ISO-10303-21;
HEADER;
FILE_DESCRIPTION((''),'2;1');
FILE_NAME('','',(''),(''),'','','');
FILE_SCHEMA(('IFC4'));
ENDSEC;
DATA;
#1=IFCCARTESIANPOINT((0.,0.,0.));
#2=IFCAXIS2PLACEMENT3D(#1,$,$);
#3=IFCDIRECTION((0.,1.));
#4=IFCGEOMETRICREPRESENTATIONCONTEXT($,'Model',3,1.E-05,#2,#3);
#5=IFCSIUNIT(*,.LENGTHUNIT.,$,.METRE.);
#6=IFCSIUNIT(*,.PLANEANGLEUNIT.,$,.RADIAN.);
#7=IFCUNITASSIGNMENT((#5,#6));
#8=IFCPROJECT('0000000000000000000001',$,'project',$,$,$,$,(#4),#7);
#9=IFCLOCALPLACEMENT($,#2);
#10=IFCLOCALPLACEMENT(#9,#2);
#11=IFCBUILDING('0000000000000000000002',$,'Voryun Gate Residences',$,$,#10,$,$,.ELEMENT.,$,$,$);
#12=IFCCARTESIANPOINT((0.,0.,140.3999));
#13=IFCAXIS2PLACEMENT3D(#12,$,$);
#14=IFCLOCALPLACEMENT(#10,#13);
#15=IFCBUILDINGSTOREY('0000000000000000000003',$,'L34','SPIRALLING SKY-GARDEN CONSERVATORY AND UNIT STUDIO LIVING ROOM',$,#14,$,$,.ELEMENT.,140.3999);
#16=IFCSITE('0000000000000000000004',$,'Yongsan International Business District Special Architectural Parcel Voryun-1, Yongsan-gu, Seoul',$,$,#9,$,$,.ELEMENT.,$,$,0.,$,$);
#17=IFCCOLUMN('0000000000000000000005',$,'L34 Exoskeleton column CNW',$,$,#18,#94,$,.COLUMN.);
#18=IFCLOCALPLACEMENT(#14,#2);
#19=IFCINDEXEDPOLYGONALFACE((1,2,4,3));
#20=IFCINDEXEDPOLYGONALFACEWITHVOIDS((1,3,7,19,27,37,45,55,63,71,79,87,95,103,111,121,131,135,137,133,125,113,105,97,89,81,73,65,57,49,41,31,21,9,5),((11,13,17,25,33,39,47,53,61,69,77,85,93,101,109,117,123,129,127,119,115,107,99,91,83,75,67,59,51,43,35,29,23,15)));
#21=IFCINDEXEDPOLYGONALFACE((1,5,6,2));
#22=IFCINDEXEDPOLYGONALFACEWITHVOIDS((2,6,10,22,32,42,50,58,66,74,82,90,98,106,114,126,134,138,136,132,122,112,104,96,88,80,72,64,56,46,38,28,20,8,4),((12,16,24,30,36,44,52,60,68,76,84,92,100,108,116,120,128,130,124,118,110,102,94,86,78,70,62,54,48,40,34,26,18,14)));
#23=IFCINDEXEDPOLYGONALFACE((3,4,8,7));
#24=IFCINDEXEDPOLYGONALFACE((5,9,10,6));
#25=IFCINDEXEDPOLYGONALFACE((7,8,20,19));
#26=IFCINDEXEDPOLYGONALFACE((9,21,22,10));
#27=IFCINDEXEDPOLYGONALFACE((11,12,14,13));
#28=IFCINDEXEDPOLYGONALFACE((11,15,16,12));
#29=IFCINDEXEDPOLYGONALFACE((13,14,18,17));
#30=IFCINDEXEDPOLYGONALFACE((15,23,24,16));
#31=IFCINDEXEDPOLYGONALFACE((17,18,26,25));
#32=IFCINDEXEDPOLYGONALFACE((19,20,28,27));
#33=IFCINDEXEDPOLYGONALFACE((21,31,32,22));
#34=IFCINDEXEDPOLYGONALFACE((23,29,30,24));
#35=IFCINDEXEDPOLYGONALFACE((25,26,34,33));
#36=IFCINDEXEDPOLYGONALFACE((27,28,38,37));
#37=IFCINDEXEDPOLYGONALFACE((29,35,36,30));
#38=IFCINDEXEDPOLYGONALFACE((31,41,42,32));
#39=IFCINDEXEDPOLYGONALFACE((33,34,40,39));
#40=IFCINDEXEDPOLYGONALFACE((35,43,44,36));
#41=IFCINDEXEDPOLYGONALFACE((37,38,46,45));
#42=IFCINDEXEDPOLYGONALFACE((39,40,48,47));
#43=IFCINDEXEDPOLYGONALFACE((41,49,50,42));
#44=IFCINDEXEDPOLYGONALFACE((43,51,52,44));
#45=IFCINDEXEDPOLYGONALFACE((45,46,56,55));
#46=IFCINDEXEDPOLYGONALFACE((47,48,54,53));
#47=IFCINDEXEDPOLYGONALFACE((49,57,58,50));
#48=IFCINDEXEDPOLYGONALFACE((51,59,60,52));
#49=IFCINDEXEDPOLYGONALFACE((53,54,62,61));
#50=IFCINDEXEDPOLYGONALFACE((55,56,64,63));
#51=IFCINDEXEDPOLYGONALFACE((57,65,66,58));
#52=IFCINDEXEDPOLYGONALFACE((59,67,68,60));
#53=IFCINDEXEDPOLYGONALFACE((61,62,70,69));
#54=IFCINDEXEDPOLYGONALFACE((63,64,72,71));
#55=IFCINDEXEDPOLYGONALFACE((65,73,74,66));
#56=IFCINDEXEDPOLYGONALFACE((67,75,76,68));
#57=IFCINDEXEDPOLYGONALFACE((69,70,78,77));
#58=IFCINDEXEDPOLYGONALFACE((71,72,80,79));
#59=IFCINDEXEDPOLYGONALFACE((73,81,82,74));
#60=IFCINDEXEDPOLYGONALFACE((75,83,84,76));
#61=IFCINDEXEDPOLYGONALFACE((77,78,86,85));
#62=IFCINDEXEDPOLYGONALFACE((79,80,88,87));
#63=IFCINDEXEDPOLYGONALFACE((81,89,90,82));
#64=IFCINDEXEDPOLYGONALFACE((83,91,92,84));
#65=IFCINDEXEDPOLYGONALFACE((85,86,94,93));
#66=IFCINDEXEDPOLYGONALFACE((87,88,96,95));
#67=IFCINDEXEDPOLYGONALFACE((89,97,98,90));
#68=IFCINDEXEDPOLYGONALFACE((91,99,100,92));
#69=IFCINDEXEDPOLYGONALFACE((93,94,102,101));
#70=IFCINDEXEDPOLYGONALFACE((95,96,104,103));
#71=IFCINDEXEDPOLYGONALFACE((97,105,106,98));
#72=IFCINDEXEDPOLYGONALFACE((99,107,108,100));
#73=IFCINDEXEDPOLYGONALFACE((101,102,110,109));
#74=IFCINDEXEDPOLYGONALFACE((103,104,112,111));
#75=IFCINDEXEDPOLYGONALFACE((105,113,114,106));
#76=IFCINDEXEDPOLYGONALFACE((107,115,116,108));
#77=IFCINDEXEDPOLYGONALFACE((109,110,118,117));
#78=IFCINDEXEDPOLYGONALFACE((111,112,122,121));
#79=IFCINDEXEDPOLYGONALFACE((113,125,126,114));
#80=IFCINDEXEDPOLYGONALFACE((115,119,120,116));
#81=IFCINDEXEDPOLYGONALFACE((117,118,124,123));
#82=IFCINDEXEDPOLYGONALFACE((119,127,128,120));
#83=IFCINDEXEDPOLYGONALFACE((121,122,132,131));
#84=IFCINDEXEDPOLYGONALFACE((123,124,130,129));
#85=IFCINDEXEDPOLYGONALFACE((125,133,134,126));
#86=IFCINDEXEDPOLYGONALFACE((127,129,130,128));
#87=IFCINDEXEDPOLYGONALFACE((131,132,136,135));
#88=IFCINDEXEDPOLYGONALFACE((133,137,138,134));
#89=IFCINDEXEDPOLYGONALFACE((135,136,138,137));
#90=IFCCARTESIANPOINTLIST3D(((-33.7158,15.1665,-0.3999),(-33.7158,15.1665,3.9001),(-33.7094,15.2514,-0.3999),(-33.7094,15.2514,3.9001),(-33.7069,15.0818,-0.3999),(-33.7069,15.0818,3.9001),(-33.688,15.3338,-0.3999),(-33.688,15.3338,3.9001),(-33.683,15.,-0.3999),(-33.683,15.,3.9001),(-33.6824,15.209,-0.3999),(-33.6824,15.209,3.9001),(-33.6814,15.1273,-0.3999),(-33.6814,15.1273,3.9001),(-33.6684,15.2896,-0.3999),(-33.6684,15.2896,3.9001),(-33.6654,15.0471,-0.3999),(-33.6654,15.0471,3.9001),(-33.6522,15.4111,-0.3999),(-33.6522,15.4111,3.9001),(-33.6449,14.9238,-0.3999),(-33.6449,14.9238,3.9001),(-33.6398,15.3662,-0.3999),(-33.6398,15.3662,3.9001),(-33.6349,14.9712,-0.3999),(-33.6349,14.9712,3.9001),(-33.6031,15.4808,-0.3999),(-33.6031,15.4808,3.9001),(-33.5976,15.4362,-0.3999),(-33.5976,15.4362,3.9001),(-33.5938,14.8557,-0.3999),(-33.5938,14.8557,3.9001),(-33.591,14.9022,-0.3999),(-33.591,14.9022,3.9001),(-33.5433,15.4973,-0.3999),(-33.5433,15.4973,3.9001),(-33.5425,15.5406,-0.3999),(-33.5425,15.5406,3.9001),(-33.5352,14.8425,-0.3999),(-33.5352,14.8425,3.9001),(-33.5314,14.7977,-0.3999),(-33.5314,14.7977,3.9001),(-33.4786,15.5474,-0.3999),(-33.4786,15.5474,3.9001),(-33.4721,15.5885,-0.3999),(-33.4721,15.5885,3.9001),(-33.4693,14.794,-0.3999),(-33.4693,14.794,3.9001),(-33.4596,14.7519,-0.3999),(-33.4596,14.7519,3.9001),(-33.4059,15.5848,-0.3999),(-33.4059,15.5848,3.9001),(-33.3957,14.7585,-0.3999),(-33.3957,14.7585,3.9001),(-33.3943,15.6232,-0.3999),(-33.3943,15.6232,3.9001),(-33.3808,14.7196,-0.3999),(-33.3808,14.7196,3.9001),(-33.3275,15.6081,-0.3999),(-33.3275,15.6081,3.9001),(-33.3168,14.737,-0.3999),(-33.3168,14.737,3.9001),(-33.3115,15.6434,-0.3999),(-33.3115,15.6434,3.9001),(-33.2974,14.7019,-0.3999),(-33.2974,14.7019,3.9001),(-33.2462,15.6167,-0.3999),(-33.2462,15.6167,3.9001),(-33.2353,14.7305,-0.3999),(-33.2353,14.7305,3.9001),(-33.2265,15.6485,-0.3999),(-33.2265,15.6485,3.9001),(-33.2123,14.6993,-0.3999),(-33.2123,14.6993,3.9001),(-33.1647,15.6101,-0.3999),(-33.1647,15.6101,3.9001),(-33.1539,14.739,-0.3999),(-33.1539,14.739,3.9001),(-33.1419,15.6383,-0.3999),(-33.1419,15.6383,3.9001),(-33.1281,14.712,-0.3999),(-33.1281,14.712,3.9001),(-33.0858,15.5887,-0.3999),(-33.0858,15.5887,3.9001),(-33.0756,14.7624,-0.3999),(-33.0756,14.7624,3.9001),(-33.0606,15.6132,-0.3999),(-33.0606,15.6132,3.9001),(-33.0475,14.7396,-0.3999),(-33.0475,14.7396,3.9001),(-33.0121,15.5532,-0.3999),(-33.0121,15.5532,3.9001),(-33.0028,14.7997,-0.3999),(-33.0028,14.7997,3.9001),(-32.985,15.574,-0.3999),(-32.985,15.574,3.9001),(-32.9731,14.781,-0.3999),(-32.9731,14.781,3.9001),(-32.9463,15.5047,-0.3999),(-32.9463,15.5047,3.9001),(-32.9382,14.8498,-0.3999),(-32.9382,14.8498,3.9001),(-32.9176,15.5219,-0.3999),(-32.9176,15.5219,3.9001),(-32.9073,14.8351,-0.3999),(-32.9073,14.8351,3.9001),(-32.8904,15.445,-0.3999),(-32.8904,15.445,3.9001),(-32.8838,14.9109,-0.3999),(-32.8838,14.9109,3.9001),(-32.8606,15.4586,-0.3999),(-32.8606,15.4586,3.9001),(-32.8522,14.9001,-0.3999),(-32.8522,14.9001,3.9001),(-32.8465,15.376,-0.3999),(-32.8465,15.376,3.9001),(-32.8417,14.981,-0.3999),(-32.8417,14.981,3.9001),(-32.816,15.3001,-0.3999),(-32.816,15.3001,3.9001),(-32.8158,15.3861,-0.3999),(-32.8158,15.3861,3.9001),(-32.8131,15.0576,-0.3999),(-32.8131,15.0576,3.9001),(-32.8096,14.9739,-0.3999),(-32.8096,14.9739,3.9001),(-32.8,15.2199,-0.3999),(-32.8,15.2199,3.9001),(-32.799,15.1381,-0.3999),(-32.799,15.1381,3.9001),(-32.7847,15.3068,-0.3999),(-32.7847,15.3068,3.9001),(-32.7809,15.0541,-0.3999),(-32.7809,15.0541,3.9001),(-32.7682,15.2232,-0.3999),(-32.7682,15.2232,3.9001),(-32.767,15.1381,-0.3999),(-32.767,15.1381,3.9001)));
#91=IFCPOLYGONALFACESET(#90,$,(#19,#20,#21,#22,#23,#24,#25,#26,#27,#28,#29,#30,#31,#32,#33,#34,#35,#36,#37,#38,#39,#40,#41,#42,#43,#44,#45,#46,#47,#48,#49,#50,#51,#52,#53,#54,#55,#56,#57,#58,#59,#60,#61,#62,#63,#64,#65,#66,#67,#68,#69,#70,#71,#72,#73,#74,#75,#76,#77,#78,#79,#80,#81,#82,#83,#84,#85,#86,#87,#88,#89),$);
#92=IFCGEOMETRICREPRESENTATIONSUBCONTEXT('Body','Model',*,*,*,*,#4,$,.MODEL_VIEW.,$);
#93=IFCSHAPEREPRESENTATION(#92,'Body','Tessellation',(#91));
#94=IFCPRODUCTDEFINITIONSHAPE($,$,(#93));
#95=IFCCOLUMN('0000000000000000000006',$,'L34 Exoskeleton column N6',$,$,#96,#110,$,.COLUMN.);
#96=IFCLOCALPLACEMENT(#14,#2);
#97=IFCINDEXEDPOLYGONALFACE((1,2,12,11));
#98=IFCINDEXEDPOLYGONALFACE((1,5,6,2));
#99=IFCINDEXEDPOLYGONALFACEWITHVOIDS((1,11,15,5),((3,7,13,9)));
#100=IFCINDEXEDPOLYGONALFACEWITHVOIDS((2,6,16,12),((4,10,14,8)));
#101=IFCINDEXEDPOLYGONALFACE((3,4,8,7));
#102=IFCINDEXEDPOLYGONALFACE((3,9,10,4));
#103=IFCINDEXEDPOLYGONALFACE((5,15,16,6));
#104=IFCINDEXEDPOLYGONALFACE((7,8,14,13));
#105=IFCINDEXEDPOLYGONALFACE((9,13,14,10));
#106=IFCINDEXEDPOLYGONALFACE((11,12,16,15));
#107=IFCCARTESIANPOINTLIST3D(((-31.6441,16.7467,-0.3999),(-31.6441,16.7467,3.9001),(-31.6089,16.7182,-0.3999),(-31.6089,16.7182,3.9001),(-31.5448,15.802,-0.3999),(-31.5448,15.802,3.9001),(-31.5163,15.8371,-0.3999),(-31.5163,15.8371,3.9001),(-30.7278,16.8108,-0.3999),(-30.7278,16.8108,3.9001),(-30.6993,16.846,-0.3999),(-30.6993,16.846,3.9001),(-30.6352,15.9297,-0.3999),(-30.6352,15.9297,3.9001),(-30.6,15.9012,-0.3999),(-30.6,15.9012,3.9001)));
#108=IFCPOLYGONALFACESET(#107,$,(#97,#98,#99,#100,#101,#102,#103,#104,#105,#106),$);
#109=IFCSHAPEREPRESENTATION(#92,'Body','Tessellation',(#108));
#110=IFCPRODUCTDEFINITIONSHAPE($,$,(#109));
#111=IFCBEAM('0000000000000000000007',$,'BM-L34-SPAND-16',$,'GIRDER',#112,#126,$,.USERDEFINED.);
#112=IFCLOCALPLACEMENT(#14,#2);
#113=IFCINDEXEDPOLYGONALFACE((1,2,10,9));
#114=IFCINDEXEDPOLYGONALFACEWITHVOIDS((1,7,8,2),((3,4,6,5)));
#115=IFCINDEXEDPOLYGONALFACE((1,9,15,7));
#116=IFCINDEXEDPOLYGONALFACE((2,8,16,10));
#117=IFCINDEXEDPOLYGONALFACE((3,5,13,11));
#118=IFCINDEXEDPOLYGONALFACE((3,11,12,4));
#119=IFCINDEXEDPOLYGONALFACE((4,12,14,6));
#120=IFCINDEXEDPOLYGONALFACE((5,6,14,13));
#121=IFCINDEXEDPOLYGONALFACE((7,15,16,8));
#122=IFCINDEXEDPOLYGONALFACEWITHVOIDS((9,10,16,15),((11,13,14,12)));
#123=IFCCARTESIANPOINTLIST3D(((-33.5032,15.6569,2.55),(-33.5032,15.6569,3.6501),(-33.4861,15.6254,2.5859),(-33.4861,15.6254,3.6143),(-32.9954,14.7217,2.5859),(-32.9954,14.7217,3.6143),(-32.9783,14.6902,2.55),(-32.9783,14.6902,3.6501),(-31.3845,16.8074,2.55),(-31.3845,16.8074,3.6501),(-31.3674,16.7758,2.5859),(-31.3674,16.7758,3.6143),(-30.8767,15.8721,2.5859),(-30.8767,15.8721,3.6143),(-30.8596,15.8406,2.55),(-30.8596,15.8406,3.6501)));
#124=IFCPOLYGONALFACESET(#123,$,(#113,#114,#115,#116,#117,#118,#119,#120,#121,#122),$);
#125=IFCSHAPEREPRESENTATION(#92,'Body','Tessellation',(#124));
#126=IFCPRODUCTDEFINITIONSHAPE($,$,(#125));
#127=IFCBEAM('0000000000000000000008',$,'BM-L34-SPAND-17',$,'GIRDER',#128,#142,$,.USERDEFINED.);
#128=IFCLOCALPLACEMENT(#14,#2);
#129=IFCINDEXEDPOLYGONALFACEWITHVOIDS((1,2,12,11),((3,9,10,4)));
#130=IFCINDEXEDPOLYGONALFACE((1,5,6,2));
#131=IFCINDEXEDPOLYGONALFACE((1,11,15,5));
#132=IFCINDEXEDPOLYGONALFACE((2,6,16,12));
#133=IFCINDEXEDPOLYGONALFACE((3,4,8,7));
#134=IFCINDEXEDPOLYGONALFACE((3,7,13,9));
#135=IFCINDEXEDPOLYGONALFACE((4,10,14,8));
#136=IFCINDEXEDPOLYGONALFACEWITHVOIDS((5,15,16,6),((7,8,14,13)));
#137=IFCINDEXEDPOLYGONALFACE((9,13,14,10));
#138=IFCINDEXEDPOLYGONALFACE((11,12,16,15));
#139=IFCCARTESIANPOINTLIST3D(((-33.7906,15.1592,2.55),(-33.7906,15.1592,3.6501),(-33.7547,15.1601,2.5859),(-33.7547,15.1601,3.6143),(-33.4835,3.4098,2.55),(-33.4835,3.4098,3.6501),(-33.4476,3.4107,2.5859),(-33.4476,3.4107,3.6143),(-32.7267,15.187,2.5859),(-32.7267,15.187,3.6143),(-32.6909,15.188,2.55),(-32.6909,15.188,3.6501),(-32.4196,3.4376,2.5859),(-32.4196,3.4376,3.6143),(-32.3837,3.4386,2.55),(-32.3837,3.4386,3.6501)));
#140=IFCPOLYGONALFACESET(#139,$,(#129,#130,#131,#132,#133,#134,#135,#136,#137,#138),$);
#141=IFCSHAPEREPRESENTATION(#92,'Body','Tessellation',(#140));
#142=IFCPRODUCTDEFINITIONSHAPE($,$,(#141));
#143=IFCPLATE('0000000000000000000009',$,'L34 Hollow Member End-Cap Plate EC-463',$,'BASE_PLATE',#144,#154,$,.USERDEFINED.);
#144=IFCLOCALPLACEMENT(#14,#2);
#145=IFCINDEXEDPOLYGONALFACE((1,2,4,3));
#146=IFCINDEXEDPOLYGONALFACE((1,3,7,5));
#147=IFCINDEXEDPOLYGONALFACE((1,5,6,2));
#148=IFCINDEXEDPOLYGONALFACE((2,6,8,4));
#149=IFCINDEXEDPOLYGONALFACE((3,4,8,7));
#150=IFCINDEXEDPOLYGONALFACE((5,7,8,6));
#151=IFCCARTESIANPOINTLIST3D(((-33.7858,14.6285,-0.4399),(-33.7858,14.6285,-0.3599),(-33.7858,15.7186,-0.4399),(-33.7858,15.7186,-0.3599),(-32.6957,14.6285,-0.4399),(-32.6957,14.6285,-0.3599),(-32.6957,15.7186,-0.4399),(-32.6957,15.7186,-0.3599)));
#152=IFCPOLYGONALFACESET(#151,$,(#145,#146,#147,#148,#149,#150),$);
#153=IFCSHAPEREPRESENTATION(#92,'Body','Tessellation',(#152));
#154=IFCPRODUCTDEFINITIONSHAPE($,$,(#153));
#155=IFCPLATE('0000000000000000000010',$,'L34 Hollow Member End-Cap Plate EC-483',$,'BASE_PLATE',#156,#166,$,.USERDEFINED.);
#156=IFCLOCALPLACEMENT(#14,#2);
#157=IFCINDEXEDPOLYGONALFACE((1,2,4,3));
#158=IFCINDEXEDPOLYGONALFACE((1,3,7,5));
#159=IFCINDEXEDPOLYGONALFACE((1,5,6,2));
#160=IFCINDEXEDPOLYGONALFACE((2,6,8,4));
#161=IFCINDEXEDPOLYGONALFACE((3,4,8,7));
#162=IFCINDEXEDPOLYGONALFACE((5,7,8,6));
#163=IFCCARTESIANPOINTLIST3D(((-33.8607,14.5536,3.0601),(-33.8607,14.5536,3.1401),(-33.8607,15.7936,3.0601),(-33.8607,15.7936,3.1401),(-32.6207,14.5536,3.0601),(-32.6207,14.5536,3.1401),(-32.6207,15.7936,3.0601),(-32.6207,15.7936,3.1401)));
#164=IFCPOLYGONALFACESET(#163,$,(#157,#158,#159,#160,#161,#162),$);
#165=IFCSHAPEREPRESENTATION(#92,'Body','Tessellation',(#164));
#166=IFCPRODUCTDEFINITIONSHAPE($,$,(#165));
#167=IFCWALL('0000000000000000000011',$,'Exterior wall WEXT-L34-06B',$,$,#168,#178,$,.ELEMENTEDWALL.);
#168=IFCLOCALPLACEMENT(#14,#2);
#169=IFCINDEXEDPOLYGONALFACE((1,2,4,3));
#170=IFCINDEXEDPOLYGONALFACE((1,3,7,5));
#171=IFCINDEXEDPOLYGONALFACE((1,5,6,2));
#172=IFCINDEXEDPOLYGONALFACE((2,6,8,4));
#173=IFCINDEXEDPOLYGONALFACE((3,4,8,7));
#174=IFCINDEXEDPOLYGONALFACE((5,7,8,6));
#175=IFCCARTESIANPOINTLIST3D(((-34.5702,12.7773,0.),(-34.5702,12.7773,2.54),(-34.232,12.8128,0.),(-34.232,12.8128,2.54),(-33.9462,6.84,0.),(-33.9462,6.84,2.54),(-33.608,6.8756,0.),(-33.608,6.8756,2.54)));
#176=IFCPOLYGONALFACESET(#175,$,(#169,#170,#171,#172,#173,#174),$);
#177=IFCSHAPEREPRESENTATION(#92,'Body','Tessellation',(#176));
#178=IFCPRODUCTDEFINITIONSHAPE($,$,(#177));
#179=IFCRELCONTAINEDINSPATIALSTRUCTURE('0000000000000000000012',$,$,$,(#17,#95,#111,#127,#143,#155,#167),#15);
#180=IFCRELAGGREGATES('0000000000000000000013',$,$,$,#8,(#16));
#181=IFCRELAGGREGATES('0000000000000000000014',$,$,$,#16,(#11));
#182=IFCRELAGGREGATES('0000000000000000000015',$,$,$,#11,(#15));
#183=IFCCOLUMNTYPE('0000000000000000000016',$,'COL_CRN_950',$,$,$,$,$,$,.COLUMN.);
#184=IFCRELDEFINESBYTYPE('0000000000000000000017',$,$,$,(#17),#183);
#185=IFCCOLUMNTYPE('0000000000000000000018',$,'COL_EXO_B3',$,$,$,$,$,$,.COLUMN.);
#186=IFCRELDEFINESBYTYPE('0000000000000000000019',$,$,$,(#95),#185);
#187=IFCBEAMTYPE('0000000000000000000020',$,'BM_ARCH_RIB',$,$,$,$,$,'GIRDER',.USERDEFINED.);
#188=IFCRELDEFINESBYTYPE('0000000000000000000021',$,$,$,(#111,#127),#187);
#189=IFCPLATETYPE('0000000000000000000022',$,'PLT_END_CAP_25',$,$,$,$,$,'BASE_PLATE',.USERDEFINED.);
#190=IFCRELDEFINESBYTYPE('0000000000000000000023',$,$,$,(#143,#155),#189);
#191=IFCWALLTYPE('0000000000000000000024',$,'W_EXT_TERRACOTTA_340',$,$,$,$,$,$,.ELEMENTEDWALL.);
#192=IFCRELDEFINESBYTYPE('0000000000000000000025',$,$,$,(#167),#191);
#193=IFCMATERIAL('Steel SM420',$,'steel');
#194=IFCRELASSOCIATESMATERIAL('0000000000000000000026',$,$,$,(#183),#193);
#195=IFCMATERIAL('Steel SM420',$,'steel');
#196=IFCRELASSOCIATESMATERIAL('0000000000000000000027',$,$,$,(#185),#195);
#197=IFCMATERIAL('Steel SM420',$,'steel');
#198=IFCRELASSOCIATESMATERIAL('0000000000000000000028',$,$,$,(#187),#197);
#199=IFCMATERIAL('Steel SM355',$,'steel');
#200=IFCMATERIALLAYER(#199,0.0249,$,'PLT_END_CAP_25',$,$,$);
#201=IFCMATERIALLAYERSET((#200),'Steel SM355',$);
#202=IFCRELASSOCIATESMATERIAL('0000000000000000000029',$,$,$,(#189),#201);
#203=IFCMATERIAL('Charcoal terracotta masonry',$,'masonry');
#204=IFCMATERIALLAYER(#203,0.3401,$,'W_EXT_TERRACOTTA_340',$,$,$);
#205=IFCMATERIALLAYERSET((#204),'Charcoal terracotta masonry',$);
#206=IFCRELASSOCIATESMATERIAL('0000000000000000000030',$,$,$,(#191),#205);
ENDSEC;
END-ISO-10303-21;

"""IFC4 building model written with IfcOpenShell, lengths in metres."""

from ifc_helpers import new_model, si_unit, direction, frame, frame_2d, origin, origin_2d, place, context, subcontext, project, spatial, rectangle, hollow_rectangle, hollow_circle, extrude, material, layer, layer_set, material_profile, profile_set, type_object, element, save


model = new_model("IFC4")

# Units and contexts
model_context = context("Model", 3, precision=1e-05, world=origin(), true_north=direction((0.0, 1.0)))
body_context = subcontext(model_context, "Body", "Model", "MODEL_VIEW")
ifc_project = project(units=[si_unit("LENGTHUNIT", "METRE"), si_unit("PLANEANGLEUNIT", "RADIAN")], contexts=[model_context])

# Site, building, storey
site_placement = place(None, origin())
site = spatial("IfcSite", under=ifc_project, at=site_placement, Name="Yongsan International Business District Special Architectural Parcel Voryun-1, Yongsan-gu, Seoul", CompositionType="ELEMENT", RefElevation=0.0)
building_placement = place(site_placement, origin())
building = spatial("IfcBuilding", under=site, at=building_placement, Name="Voryun Gate Residences", CompositionType="ELEMENT")
storey_placement = place(building_placement, frame((0.0, 0.0, 140.3999)))
storey = spatial("IfcBuildingStorey", under=building, at=storey_placement, Name="L34", Description="SPIRALLING SKY-GARDEN CONSERVATORY AND UNIT STUDIO LIVING ROOM", CompositionType="ELEMENT", Elevation=140.3999)

# Columns
ifc_material_1 = material(Name="Steel SM420", Category="steel")
ifc_material_profile_1 = material_profile(ifc_material_1, hollow_circle(Radius=0.4751, WallThickness=0.032, at=origin_2d()), Name="CHS-950x32")
ifc_profile_set_1 = profile_set([ifc_material_profile_1], Name="Steel SM420")
column_type_1 = type_object("IfcColumnType", Name="COL_CRN_950", PredefinedType="COLUMN", material=ifc_profile_set_1)
column_1_placement = place(storey_placement, frame((-33.2407, 15.1736, -0.3999), z_axis=(0.0, 0.0, 1.0), x_axis=(0.994522, 0.104528, 0.0)))
element("IfcColumn", 1, at=column_1_placement, inside=storey, type_object=column_type_1, Name="L34 Exoskeleton column CNW", PredefinedType="COLUMN", context=body_context, shape_type="SweptSolid", body=[
    extrude(hollow_circle(Radius=0.4751, WallThickness=0.032, at=origin_2d()), origin(), (0.0, 0.0, 1.0), 4.3),
])
ifc_material_2 = material(Name="Steel SM420", Category="steel")
ifc_material_profile_2 = material_profile(ifc_material_2, hollow_rectangle(XDim=0.95, YDim=0.95, WallThickness=0.032, at=origin_2d()), Name="BOX-950x950x32")
ifc_profile_set_2 = profile_set([ifc_material_profile_2], Name="Steel SM420")
column_type_2 = type_object("IfcColumnType", Name="COL_EXO_B3", PredefinedType="COLUMN", material=ifc_profile_set_2)
column_2_placement = place(storey_placement, frame((-31.1221, 16.324, -0.3999), z_axis=(0.0, 0.0, 1.0), x_axis=(0.994522, 0.104528, 0.0)))
element("IfcColumn", 2, at=column_2_placement, inside=storey, type_object=column_type_2, Name="L34 Exoskeleton column N6", PredefinedType="COLUMN", context=body_context, shape_type="SweptSolid", body=[
    extrude(hollow_rectangle(XDim=0.95, YDim=0.95, WallThickness=0.032, at=origin_2d()), origin(), (0.0, 0.0, 1.0), 4.3),
])

# Beams
ifc_material_3 = material(Name="Steel SM420", Category="steel")
ifc_material_profile_3 = material_profile(ifc_material_3, hollow_rectangle(XDim=1.1001, YDim=1.1001, WallThickness=0.0359, at=origin_2d()), Name="BOX-1100x1100x36")
ifc_profile_set_3 = profile_set([ifc_material_profile_3], Name="Steel SM420")
beam_type = type_object("IfcBeamType", Name="BM_ARCH_RIB", ElementType="GIRDER", PredefinedType="USERDEFINED", material=ifc_profile_set_3)
beam_1_placement = place(storey_placement, frame((-31.1221, 16.324, 3.1001), z_axis=(-0.878807, -0.477177, 0.0), x_axis=(0.477177, -0.878807, 0.0)))
element("IfcBeam", 3, at=beam_1_placement, inside=storey, type_object=beam_type, Name="BM-L34-SPAND-16", ObjectType="GIRDER", PredefinedType="USERDEFINED", context=body_context, shape_type="SweptSolid", body=[
    extrude(hollow_rectangle(XDim=1.1001, YDim=1.1001, WallThickness=0.0359, at=origin_2d()), origin(), (0.0, 0.0, 1.0), 2.4109),
])
beam_2_placement = place(storey_placement, frame((-33.2407, 15.1736, 3.1001), z_axis=(0.026131, -0.999659, 0.0), x_axis=(0.999659, 0.026131, 0.0)))
element("IfcBeam", 4, at=beam_2_placement, inside=storey, type_object=beam_type, Name="BM-L34-SPAND-17", ObjectType="GIRDER", PredefinedType="USERDEFINED", context=body_context, shape_type="SweptSolid", body=[
    extrude(hollow_rectangle(XDim=1.1001, YDim=1.1001, WallThickness=0.0359, at=origin_2d()), origin(), (0.0, 0.0, 1.0), 11.7534),
])

# Plates
ifc_material_4 = material(Name="Steel SM355", Category="steel")
ifc_layer_1 = layer(ifc_material_4, 0.0249, Name="PLT_END_CAP_25")
ifc_layer_set_1 = layer_set([ifc_layer_1], Name="Steel SM355")
plate_type = type_object("IfcPlateType", Name="PLT_END_CAP_25", ElementType="BASE_PLATE", PredefinedType="USERDEFINED", material=ifc_layer_set_1)
plate_1_placement = place(storey_placement, frame((-33.2407, 15.1736, -0.4399), z_axis=(0.0, 0.0, 1.0), x_axis=(1.0, 0.0, 0.0)))
element("IfcPlate", 5, at=plate_1_placement, inside=storey, type_object=plate_type, Name="L34 Hollow Member End-Cap Plate EC-463", ObjectType="BASE_PLATE", PredefinedType="USERDEFINED", context=body_context, shape_type="SweptSolid", body=[
    extrude(rectangle(XDim=1.0901, YDim=1.0901, at=origin_2d()), origin(), (0.0, 0.0, 1.0), 0.0801),
])
plate_2_placement = place(storey_placement, frame((-33.2407, 15.1736, 3.0601), z_axis=(0.0, 0.0, 1.0), x_axis=(1.0, 0.0, 0.0)))
element("IfcPlate", 6, at=plate_2_placement, inside=storey, type_object=plate_type, Name="L34 Hollow Member End-Cap Plate EC-483", ObjectType="BASE_PLATE", PredefinedType="USERDEFINED", context=body_context, shape_type="SweptSolid", body=[
    extrude(rectangle(XDim=1.24, YDim=1.24, at=origin_2d()), origin(), (0.0, 0.0, 1.0), 0.0801),
])

# Wall
ifc_material_5 = material(Name="Charcoal terracotta masonry", Category="masonry")
ifc_layer_2 = layer(ifc_material_5, 0.3401, Name="W_EXT_TERRACOTTA_340")
ifc_layer_set_2 = layer_set([ifc_layer_2], Name="Charcoal terracotta masonry")
wall_type = type_object("IfcWallType", Name="W_EXT_TERRACOTTA_340", PredefinedType="ELEMENTEDWALL", material=ifc_layer_set_2)
wall_1_placement = place(storey_placement, frame((-33.7771, 6.8579, 0.0), z_axis=(0.0, 0.0, 1.0), x_axis=(-0.104527, 0.994522, 0.0)))
element("IfcWall", 7, at=wall_1_placement, inside=storey, type_object=wall_type, Name="Exterior wall WEXT-L34-06B", PredefinedType="ELEMENTEDWALL", context=body_context, shape_type="SweptSolid", body=[
    extrude(rectangle(XDim=5.97, YDim=0.3401, at=frame_2d((2.9849, 0.0))), origin(), (0.0, 0.0, 1.0), 2.54),
])

save(model, "model.ifc")
